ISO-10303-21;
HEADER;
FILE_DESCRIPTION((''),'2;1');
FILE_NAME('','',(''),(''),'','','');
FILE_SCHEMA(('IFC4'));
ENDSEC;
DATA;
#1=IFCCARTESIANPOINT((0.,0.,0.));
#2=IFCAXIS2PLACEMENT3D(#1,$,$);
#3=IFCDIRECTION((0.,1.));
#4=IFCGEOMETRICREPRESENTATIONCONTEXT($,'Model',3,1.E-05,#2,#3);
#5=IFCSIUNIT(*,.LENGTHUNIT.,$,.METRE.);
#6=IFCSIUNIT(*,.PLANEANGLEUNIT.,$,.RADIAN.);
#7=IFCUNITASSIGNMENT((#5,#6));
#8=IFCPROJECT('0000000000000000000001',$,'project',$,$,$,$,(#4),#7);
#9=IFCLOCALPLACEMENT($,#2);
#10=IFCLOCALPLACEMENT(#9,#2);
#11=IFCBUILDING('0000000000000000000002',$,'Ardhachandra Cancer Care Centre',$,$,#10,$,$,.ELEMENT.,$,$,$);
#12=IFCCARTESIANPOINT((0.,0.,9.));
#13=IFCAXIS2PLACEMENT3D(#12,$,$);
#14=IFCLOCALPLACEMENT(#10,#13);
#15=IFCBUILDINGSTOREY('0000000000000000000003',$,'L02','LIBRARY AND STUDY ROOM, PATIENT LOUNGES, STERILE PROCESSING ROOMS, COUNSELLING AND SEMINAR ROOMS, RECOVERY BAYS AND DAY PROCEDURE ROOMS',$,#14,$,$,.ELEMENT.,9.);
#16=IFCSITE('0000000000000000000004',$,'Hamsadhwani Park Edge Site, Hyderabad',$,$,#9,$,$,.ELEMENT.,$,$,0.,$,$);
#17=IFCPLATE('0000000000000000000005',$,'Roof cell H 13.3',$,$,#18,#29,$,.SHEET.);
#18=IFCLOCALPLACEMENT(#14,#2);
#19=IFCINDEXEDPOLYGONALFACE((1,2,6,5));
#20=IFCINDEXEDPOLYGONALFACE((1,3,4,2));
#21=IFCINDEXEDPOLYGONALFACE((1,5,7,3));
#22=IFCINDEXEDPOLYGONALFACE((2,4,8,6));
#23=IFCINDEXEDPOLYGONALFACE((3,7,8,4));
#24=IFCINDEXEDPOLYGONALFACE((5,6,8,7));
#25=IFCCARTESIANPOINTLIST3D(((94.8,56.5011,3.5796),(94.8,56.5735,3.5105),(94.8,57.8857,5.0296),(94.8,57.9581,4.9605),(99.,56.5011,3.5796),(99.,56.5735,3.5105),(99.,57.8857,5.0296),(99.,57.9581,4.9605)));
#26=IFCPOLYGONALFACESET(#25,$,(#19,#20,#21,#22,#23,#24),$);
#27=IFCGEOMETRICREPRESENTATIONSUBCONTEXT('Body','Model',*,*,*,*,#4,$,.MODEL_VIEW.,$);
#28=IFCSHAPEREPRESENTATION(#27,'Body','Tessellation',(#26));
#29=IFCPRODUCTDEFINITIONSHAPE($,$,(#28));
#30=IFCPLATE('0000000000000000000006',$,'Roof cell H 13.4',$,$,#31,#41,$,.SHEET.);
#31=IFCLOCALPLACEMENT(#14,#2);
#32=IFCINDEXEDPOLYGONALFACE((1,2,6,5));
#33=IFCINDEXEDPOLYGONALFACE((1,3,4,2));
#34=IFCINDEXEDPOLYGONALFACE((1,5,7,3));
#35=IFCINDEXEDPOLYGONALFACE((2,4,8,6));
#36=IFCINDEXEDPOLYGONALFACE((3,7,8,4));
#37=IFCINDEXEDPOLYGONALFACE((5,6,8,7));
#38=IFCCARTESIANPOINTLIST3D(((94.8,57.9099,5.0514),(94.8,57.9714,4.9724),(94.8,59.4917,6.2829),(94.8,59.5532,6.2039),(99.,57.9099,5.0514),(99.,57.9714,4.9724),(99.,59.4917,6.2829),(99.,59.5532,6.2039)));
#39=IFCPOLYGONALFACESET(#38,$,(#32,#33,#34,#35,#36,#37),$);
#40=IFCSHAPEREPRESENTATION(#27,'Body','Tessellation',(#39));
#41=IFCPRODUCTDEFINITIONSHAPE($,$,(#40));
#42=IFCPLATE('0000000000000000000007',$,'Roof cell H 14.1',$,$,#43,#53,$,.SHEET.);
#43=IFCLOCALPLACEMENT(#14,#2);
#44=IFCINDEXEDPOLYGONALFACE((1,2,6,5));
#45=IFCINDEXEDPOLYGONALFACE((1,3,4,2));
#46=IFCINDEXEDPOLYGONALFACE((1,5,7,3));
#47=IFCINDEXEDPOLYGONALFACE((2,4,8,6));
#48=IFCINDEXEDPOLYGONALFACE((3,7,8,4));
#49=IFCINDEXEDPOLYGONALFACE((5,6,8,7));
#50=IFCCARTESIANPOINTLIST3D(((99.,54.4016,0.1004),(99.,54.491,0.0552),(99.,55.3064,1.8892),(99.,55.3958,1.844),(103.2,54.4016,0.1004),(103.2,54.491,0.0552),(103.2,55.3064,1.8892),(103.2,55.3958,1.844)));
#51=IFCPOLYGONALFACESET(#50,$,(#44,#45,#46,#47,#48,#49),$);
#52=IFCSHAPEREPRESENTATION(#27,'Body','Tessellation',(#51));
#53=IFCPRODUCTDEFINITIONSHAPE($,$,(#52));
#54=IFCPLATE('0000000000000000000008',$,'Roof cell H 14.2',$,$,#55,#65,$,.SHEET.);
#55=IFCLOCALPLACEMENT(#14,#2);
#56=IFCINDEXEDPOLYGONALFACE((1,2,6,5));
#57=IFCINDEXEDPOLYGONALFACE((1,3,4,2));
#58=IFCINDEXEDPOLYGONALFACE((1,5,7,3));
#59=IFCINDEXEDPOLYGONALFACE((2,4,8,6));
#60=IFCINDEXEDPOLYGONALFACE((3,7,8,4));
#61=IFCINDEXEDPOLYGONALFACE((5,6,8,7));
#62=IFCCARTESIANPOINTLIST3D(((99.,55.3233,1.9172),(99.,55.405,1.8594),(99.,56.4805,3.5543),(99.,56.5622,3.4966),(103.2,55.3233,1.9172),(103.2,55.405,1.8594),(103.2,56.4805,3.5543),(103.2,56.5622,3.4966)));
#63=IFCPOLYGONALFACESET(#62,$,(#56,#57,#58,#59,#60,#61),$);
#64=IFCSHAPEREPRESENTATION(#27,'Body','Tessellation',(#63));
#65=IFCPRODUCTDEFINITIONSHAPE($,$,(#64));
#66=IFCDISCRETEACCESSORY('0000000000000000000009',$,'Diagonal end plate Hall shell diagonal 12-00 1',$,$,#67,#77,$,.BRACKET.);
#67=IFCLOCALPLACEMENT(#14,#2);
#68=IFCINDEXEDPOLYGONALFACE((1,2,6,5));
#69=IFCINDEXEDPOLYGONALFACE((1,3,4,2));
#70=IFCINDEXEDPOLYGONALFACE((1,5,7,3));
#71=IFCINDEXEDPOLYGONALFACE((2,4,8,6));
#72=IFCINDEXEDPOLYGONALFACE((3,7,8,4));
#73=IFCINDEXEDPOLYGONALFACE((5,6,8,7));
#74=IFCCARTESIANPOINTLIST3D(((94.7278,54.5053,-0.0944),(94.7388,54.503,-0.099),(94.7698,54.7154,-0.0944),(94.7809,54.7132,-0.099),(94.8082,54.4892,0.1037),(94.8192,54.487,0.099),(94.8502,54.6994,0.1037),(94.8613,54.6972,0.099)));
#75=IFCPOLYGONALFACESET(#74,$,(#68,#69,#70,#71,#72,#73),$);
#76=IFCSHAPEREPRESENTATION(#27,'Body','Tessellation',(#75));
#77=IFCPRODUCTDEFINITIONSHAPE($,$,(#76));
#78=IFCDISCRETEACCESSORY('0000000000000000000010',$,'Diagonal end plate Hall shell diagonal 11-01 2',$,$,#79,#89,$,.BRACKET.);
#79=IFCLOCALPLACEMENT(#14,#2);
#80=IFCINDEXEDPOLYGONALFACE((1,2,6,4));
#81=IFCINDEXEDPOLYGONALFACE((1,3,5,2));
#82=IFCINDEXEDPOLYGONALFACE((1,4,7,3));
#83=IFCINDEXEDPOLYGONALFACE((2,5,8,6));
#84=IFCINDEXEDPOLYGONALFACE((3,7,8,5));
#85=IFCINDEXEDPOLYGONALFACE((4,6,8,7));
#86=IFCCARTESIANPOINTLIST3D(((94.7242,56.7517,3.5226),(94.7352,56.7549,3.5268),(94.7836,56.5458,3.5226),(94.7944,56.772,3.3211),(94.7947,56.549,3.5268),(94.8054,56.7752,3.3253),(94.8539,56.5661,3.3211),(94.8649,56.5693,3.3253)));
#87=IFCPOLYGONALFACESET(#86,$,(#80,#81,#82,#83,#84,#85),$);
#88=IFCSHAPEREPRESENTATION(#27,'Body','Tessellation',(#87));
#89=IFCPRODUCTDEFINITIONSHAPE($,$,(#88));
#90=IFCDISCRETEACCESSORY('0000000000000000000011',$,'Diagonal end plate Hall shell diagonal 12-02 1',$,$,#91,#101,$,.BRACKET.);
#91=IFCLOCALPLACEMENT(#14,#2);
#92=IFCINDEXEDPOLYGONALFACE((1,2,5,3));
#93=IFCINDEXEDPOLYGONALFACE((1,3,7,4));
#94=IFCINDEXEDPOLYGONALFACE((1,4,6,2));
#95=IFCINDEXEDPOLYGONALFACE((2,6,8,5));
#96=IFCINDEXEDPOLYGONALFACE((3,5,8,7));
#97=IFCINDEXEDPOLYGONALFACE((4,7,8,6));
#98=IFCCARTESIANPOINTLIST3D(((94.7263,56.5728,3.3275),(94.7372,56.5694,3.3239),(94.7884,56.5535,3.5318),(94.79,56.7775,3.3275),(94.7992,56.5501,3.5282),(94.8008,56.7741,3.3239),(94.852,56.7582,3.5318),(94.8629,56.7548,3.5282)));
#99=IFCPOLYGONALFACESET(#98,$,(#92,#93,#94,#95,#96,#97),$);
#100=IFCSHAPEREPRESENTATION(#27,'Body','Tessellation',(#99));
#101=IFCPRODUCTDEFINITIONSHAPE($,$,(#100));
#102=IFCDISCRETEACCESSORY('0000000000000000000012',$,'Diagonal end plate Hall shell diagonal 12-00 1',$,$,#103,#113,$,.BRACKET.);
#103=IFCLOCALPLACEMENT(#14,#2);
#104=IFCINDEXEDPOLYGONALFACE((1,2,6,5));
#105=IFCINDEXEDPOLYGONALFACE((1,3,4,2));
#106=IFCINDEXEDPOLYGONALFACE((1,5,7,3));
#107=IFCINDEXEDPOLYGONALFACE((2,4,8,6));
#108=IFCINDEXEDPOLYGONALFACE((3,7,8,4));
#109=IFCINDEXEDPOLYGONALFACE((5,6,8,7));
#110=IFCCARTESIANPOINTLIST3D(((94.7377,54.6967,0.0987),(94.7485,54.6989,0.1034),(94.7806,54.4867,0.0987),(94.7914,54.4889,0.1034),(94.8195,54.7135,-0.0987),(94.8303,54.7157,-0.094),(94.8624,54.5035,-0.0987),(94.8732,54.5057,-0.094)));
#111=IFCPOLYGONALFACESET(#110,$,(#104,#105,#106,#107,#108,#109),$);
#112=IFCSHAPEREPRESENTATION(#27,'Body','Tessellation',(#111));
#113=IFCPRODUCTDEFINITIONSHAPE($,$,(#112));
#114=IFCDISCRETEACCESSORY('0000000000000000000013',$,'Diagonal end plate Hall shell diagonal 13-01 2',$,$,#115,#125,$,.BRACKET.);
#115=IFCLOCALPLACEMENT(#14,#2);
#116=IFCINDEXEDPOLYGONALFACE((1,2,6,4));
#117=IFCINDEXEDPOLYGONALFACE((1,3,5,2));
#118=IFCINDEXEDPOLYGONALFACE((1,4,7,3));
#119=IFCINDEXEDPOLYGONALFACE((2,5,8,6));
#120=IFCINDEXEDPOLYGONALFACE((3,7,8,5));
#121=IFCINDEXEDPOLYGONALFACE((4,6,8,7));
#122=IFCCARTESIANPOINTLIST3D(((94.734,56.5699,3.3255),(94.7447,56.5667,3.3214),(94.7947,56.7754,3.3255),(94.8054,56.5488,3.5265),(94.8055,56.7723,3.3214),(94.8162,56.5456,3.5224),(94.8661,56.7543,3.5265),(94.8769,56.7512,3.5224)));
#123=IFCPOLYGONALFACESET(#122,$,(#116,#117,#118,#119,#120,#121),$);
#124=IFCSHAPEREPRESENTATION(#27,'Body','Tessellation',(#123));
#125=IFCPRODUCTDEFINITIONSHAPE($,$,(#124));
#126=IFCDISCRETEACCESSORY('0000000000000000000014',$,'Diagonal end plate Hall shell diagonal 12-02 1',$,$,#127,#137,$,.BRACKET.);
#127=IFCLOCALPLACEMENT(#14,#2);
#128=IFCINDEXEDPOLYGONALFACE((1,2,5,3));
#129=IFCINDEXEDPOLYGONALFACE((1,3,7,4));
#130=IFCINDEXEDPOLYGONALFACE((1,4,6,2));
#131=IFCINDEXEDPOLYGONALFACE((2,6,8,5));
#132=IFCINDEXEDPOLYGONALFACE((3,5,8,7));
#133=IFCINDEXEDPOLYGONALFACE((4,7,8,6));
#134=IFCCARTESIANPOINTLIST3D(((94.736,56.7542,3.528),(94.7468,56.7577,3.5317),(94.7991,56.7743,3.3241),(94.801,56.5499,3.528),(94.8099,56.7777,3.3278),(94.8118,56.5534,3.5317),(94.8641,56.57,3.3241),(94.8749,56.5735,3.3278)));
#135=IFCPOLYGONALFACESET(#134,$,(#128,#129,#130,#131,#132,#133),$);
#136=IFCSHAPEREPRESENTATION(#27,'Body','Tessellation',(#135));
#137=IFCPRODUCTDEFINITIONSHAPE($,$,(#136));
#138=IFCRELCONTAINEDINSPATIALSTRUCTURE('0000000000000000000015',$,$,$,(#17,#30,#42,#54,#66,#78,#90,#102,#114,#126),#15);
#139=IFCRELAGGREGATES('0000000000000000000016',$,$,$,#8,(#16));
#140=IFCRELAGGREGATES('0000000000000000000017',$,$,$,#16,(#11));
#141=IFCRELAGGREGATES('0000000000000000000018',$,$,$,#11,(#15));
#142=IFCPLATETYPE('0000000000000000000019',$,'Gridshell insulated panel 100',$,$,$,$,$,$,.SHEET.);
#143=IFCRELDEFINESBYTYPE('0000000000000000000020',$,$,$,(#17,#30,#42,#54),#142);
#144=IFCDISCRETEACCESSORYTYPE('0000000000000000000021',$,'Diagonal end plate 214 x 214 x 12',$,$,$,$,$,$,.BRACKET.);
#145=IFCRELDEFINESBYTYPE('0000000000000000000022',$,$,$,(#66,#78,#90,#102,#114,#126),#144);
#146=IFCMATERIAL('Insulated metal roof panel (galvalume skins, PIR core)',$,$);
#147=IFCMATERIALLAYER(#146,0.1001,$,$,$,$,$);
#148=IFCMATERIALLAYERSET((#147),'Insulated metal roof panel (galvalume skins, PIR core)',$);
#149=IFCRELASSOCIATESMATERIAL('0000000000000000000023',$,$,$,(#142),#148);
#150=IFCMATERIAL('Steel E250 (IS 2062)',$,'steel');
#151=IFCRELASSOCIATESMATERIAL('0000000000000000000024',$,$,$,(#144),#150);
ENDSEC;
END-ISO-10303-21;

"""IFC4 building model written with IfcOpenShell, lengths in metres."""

from ifc_helpers import new_model, si_unit, direction, frame, origin, origin_2d, place, context, subcontext, project, spatial, polyline, rectangle, outline, extrude, material, layer, layer_set, material_profile, profile_set, type_object, element, save


model = new_model("IFC4")

# Units and contexts
model_context = context("Model", 3, precision=1e-05, world=origin(), true_north=direction((0.0, 1.0)))
body_context = subcontext(model_context, "Body", "Model", "MODEL_VIEW")
ifc_project = project(units=[si_unit("LENGTHUNIT", "METRE"), si_unit("PLANEANGLEUNIT", "RADIAN")], contexts=[model_context])

# Site, building, storey
site_placement = place(None, origin())
site = spatial("IfcSite", under=ifc_project, at=site_placement, Name="Hamsadhwani Park Edge Site, Hyderabad", CompositionType="ELEMENT", RefElevation=0.0)
building_placement = place(site_placement, origin())
building = spatial("IfcBuilding", under=site, at=building_placement, Name="Ardhachandra Cancer Care Centre", CompositionType="ELEMENT")
storey_placement = place(building_placement, frame((0.0, 0.0, 9.0)))
storey = spatial("IfcBuildingStorey", under=building, at=storey_placement, Name="L02", Description="LIBRARY AND STUDY ROOM, PATIENT LOUNGES, STERILE PROCESSING ROOMS, COUNSELLING AND SEMINAR ROOMS, RECOVERY BAYS AND DAY PROCEDURE ROOMS", CompositionType="ELEMENT", Elevation=9.0)

# Plates
ifc_material_1 = material(Name="Insulated metal roof panel (galvalume skins, PIR core)")
ifc_layer = layer(ifc_material_1, 0.1001)
ifc_layer_set = layer_set([ifc_layer], Name="Insulated metal roof panel (galvalume skins, PIR core)")
plate_type = type_object("IfcPlateType", Name="Gridshell insulated panel 100", PredefinedType="SHEET", material=ifc_layer_set)
for number, where, z_axis, x_axis, name in (
    (1, (94.8, 56.5735, 3.5105), (0.0, -0.723237, 0.6906), (1.0, 0.0, 0.0), "Roof cell H 13.3"),
):
    element("IfcPlate", number, at=place(storey_placement, frame(where, z_axis=z_axis, x_axis=x_axis)), inside=storey, type_object=plate_type, Name=name, PredefinedType="SHEET", context=body_context, shape_type="SweptSolid", body=[
        extrude(outline(polyline([(0.0, 0.0), (4.2, 0.0), (4.2, 2.0049), (0.0, 2.0049), (0.0, 0.0)])), origin(), (0.0, 0.0, 1.0), 0.1001),
    ])
for number, where, z_axis, x_axis, name in (
    (2, (94.8, 57.9714, 4.9724), (0.0, -0.614303, 0.78907), (1.0, 0.0, 0.0), "Roof cell H 13.4"),
    (3, (99.0, 54.491, 0.0552), (0.0, -0.892347, 0.45135), (1.0, 0.0, 0.0), "Roof cell H 14.1"),
):
    element("IfcPlate", number, at=place(storey_placement, frame(where, z_axis=z_axis, x_axis=x_axis)), inside=storey, type_object=plate_type, Name=name, PredefinedType="SHEET", context=body_context, shape_type="SweptSolid", body=[
        extrude(outline(polyline([(0.0, 0.0), (4.2, 0.0), (4.2, 2.0046), (0.0, 2.0046), (0.0, 0.0)])), origin(), (0.0, 0.0, 1.0), 0.1001),
    ])
plate_1_placement = place(storey_placement, frame((99.0, 55.405, 1.8594), z_axis=(0.0, -0.816603, 0.577199), x_axis=(1.0, 0.0, 0.0)))
element("IfcPlate", 4, at=plate_1_placement, inside=storey, type_object=plate_type, Name="Roof cell H 14.2", PredefinedType="SHEET", context=body_context, shape_type="SweptSolid", body=[
    extrude(outline(polyline([(0.0, 0.0), (4.2, 0.0), (4.2, 2.0049), (0.0, 2.0049), (0.0, 0.0)])), origin(), (0.0, 0.0, 1.0), 0.1001),
])

# Discrete accessories
ifc_material_2 = material(Name="Steel E250 (IS 2062)", Category="steel")
ifc_material_profile_1 = material_profile(ifc_material_2, rectangle(XDim=0.2144, YDim=0.2144, at=origin_2d()), Name="PL 214x214x12")
ifc_profile_set_1 = profile_set([ifc_material_profile_1], Name="Steel E250 (IS 2062)")
discrete_accessory_type = type_object("IfcDiscreteAccessoryType", Name="Diagonal end plate 214 x 214 x 12", PredefinedType="BRACKET", material=ifc_profile_set_1)
for number, where, z_axis, x_axis, name in (
    (5, (94.8, 54.6001, 0.0), (-0.905999, 0.1812, 0.382533), (-0.196116, -0.980581, 0.0), "Diagonal end plate Hall shell diagonal 12-00 1"),
    (6, (94.8, 56.6621, 3.426), (-0.903076, -0.260889, -0.341162), (0.27754, -0.960714, 0.0), "Diagonal end plate Hall shell diagonal 11-01 2"),
):
    element("IfcDiscreteAccessory", number, at=place(storey_placement, frame(where, z_axis=z_axis, x_axis=x_axis)), inside=storey, type_object=discrete_accessory_type, Name=name, PredefinedType="BRACKET", context=body_context, shape_type="SweptSolid", body=[
        extrude(rectangle(XDim=0.2144, YDim=0.2144, at=origin_2d()), origin(), (0.0, 0.0, 1.0), 0.0122),
    ])
for number, where, z_axis, x_axis, name in (
    (7, (94.8, 56.6621, 3.426), (-0.90988, 0.283074, 0.303293), (-0.297067, -0.954857, 0.0), "Diagonal end plate Hall shell diagonal 12-02 1"),
    (8, (94.8, 54.6001, 0.0), (0.902291, 0.18456, 0.389626), (-0.200396, 0.979715, 0.0), "Diagonal end plate Hall shell diagonal 12-00 1"),
    (9, (94.8, 56.6621, 3.426), (0.899271, -0.265694, -0.347446), (0.283346, 0.959018, 0.0), "Diagonal end plate Hall shell diagonal 13-01 2"),
    (10, (94.8, 56.6621, 3.426), (0.906302, 0.288369, 0.308967), (-0.303204, 0.952926, 0.0), "Diagonal end plate Hall shell diagonal 12-02 1"),
):
    element("IfcDiscreteAccessory", number, at=place(storey_placement, frame(where, z_axis=z_axis, x_axis=x_axis)), inside=storey, type_object=discrete_accessory_type, Name=name, PredefinedType="BRACKET", context=body_context, shape_type="SweptSolid", body=[
        extrude(rectangle(XDim=0.2144, YDim=0.2144, at=origin_2d()), origin(), (0.0, 0.0, 1.0), 0.012),
    ])

save(model, "model.ifc")
